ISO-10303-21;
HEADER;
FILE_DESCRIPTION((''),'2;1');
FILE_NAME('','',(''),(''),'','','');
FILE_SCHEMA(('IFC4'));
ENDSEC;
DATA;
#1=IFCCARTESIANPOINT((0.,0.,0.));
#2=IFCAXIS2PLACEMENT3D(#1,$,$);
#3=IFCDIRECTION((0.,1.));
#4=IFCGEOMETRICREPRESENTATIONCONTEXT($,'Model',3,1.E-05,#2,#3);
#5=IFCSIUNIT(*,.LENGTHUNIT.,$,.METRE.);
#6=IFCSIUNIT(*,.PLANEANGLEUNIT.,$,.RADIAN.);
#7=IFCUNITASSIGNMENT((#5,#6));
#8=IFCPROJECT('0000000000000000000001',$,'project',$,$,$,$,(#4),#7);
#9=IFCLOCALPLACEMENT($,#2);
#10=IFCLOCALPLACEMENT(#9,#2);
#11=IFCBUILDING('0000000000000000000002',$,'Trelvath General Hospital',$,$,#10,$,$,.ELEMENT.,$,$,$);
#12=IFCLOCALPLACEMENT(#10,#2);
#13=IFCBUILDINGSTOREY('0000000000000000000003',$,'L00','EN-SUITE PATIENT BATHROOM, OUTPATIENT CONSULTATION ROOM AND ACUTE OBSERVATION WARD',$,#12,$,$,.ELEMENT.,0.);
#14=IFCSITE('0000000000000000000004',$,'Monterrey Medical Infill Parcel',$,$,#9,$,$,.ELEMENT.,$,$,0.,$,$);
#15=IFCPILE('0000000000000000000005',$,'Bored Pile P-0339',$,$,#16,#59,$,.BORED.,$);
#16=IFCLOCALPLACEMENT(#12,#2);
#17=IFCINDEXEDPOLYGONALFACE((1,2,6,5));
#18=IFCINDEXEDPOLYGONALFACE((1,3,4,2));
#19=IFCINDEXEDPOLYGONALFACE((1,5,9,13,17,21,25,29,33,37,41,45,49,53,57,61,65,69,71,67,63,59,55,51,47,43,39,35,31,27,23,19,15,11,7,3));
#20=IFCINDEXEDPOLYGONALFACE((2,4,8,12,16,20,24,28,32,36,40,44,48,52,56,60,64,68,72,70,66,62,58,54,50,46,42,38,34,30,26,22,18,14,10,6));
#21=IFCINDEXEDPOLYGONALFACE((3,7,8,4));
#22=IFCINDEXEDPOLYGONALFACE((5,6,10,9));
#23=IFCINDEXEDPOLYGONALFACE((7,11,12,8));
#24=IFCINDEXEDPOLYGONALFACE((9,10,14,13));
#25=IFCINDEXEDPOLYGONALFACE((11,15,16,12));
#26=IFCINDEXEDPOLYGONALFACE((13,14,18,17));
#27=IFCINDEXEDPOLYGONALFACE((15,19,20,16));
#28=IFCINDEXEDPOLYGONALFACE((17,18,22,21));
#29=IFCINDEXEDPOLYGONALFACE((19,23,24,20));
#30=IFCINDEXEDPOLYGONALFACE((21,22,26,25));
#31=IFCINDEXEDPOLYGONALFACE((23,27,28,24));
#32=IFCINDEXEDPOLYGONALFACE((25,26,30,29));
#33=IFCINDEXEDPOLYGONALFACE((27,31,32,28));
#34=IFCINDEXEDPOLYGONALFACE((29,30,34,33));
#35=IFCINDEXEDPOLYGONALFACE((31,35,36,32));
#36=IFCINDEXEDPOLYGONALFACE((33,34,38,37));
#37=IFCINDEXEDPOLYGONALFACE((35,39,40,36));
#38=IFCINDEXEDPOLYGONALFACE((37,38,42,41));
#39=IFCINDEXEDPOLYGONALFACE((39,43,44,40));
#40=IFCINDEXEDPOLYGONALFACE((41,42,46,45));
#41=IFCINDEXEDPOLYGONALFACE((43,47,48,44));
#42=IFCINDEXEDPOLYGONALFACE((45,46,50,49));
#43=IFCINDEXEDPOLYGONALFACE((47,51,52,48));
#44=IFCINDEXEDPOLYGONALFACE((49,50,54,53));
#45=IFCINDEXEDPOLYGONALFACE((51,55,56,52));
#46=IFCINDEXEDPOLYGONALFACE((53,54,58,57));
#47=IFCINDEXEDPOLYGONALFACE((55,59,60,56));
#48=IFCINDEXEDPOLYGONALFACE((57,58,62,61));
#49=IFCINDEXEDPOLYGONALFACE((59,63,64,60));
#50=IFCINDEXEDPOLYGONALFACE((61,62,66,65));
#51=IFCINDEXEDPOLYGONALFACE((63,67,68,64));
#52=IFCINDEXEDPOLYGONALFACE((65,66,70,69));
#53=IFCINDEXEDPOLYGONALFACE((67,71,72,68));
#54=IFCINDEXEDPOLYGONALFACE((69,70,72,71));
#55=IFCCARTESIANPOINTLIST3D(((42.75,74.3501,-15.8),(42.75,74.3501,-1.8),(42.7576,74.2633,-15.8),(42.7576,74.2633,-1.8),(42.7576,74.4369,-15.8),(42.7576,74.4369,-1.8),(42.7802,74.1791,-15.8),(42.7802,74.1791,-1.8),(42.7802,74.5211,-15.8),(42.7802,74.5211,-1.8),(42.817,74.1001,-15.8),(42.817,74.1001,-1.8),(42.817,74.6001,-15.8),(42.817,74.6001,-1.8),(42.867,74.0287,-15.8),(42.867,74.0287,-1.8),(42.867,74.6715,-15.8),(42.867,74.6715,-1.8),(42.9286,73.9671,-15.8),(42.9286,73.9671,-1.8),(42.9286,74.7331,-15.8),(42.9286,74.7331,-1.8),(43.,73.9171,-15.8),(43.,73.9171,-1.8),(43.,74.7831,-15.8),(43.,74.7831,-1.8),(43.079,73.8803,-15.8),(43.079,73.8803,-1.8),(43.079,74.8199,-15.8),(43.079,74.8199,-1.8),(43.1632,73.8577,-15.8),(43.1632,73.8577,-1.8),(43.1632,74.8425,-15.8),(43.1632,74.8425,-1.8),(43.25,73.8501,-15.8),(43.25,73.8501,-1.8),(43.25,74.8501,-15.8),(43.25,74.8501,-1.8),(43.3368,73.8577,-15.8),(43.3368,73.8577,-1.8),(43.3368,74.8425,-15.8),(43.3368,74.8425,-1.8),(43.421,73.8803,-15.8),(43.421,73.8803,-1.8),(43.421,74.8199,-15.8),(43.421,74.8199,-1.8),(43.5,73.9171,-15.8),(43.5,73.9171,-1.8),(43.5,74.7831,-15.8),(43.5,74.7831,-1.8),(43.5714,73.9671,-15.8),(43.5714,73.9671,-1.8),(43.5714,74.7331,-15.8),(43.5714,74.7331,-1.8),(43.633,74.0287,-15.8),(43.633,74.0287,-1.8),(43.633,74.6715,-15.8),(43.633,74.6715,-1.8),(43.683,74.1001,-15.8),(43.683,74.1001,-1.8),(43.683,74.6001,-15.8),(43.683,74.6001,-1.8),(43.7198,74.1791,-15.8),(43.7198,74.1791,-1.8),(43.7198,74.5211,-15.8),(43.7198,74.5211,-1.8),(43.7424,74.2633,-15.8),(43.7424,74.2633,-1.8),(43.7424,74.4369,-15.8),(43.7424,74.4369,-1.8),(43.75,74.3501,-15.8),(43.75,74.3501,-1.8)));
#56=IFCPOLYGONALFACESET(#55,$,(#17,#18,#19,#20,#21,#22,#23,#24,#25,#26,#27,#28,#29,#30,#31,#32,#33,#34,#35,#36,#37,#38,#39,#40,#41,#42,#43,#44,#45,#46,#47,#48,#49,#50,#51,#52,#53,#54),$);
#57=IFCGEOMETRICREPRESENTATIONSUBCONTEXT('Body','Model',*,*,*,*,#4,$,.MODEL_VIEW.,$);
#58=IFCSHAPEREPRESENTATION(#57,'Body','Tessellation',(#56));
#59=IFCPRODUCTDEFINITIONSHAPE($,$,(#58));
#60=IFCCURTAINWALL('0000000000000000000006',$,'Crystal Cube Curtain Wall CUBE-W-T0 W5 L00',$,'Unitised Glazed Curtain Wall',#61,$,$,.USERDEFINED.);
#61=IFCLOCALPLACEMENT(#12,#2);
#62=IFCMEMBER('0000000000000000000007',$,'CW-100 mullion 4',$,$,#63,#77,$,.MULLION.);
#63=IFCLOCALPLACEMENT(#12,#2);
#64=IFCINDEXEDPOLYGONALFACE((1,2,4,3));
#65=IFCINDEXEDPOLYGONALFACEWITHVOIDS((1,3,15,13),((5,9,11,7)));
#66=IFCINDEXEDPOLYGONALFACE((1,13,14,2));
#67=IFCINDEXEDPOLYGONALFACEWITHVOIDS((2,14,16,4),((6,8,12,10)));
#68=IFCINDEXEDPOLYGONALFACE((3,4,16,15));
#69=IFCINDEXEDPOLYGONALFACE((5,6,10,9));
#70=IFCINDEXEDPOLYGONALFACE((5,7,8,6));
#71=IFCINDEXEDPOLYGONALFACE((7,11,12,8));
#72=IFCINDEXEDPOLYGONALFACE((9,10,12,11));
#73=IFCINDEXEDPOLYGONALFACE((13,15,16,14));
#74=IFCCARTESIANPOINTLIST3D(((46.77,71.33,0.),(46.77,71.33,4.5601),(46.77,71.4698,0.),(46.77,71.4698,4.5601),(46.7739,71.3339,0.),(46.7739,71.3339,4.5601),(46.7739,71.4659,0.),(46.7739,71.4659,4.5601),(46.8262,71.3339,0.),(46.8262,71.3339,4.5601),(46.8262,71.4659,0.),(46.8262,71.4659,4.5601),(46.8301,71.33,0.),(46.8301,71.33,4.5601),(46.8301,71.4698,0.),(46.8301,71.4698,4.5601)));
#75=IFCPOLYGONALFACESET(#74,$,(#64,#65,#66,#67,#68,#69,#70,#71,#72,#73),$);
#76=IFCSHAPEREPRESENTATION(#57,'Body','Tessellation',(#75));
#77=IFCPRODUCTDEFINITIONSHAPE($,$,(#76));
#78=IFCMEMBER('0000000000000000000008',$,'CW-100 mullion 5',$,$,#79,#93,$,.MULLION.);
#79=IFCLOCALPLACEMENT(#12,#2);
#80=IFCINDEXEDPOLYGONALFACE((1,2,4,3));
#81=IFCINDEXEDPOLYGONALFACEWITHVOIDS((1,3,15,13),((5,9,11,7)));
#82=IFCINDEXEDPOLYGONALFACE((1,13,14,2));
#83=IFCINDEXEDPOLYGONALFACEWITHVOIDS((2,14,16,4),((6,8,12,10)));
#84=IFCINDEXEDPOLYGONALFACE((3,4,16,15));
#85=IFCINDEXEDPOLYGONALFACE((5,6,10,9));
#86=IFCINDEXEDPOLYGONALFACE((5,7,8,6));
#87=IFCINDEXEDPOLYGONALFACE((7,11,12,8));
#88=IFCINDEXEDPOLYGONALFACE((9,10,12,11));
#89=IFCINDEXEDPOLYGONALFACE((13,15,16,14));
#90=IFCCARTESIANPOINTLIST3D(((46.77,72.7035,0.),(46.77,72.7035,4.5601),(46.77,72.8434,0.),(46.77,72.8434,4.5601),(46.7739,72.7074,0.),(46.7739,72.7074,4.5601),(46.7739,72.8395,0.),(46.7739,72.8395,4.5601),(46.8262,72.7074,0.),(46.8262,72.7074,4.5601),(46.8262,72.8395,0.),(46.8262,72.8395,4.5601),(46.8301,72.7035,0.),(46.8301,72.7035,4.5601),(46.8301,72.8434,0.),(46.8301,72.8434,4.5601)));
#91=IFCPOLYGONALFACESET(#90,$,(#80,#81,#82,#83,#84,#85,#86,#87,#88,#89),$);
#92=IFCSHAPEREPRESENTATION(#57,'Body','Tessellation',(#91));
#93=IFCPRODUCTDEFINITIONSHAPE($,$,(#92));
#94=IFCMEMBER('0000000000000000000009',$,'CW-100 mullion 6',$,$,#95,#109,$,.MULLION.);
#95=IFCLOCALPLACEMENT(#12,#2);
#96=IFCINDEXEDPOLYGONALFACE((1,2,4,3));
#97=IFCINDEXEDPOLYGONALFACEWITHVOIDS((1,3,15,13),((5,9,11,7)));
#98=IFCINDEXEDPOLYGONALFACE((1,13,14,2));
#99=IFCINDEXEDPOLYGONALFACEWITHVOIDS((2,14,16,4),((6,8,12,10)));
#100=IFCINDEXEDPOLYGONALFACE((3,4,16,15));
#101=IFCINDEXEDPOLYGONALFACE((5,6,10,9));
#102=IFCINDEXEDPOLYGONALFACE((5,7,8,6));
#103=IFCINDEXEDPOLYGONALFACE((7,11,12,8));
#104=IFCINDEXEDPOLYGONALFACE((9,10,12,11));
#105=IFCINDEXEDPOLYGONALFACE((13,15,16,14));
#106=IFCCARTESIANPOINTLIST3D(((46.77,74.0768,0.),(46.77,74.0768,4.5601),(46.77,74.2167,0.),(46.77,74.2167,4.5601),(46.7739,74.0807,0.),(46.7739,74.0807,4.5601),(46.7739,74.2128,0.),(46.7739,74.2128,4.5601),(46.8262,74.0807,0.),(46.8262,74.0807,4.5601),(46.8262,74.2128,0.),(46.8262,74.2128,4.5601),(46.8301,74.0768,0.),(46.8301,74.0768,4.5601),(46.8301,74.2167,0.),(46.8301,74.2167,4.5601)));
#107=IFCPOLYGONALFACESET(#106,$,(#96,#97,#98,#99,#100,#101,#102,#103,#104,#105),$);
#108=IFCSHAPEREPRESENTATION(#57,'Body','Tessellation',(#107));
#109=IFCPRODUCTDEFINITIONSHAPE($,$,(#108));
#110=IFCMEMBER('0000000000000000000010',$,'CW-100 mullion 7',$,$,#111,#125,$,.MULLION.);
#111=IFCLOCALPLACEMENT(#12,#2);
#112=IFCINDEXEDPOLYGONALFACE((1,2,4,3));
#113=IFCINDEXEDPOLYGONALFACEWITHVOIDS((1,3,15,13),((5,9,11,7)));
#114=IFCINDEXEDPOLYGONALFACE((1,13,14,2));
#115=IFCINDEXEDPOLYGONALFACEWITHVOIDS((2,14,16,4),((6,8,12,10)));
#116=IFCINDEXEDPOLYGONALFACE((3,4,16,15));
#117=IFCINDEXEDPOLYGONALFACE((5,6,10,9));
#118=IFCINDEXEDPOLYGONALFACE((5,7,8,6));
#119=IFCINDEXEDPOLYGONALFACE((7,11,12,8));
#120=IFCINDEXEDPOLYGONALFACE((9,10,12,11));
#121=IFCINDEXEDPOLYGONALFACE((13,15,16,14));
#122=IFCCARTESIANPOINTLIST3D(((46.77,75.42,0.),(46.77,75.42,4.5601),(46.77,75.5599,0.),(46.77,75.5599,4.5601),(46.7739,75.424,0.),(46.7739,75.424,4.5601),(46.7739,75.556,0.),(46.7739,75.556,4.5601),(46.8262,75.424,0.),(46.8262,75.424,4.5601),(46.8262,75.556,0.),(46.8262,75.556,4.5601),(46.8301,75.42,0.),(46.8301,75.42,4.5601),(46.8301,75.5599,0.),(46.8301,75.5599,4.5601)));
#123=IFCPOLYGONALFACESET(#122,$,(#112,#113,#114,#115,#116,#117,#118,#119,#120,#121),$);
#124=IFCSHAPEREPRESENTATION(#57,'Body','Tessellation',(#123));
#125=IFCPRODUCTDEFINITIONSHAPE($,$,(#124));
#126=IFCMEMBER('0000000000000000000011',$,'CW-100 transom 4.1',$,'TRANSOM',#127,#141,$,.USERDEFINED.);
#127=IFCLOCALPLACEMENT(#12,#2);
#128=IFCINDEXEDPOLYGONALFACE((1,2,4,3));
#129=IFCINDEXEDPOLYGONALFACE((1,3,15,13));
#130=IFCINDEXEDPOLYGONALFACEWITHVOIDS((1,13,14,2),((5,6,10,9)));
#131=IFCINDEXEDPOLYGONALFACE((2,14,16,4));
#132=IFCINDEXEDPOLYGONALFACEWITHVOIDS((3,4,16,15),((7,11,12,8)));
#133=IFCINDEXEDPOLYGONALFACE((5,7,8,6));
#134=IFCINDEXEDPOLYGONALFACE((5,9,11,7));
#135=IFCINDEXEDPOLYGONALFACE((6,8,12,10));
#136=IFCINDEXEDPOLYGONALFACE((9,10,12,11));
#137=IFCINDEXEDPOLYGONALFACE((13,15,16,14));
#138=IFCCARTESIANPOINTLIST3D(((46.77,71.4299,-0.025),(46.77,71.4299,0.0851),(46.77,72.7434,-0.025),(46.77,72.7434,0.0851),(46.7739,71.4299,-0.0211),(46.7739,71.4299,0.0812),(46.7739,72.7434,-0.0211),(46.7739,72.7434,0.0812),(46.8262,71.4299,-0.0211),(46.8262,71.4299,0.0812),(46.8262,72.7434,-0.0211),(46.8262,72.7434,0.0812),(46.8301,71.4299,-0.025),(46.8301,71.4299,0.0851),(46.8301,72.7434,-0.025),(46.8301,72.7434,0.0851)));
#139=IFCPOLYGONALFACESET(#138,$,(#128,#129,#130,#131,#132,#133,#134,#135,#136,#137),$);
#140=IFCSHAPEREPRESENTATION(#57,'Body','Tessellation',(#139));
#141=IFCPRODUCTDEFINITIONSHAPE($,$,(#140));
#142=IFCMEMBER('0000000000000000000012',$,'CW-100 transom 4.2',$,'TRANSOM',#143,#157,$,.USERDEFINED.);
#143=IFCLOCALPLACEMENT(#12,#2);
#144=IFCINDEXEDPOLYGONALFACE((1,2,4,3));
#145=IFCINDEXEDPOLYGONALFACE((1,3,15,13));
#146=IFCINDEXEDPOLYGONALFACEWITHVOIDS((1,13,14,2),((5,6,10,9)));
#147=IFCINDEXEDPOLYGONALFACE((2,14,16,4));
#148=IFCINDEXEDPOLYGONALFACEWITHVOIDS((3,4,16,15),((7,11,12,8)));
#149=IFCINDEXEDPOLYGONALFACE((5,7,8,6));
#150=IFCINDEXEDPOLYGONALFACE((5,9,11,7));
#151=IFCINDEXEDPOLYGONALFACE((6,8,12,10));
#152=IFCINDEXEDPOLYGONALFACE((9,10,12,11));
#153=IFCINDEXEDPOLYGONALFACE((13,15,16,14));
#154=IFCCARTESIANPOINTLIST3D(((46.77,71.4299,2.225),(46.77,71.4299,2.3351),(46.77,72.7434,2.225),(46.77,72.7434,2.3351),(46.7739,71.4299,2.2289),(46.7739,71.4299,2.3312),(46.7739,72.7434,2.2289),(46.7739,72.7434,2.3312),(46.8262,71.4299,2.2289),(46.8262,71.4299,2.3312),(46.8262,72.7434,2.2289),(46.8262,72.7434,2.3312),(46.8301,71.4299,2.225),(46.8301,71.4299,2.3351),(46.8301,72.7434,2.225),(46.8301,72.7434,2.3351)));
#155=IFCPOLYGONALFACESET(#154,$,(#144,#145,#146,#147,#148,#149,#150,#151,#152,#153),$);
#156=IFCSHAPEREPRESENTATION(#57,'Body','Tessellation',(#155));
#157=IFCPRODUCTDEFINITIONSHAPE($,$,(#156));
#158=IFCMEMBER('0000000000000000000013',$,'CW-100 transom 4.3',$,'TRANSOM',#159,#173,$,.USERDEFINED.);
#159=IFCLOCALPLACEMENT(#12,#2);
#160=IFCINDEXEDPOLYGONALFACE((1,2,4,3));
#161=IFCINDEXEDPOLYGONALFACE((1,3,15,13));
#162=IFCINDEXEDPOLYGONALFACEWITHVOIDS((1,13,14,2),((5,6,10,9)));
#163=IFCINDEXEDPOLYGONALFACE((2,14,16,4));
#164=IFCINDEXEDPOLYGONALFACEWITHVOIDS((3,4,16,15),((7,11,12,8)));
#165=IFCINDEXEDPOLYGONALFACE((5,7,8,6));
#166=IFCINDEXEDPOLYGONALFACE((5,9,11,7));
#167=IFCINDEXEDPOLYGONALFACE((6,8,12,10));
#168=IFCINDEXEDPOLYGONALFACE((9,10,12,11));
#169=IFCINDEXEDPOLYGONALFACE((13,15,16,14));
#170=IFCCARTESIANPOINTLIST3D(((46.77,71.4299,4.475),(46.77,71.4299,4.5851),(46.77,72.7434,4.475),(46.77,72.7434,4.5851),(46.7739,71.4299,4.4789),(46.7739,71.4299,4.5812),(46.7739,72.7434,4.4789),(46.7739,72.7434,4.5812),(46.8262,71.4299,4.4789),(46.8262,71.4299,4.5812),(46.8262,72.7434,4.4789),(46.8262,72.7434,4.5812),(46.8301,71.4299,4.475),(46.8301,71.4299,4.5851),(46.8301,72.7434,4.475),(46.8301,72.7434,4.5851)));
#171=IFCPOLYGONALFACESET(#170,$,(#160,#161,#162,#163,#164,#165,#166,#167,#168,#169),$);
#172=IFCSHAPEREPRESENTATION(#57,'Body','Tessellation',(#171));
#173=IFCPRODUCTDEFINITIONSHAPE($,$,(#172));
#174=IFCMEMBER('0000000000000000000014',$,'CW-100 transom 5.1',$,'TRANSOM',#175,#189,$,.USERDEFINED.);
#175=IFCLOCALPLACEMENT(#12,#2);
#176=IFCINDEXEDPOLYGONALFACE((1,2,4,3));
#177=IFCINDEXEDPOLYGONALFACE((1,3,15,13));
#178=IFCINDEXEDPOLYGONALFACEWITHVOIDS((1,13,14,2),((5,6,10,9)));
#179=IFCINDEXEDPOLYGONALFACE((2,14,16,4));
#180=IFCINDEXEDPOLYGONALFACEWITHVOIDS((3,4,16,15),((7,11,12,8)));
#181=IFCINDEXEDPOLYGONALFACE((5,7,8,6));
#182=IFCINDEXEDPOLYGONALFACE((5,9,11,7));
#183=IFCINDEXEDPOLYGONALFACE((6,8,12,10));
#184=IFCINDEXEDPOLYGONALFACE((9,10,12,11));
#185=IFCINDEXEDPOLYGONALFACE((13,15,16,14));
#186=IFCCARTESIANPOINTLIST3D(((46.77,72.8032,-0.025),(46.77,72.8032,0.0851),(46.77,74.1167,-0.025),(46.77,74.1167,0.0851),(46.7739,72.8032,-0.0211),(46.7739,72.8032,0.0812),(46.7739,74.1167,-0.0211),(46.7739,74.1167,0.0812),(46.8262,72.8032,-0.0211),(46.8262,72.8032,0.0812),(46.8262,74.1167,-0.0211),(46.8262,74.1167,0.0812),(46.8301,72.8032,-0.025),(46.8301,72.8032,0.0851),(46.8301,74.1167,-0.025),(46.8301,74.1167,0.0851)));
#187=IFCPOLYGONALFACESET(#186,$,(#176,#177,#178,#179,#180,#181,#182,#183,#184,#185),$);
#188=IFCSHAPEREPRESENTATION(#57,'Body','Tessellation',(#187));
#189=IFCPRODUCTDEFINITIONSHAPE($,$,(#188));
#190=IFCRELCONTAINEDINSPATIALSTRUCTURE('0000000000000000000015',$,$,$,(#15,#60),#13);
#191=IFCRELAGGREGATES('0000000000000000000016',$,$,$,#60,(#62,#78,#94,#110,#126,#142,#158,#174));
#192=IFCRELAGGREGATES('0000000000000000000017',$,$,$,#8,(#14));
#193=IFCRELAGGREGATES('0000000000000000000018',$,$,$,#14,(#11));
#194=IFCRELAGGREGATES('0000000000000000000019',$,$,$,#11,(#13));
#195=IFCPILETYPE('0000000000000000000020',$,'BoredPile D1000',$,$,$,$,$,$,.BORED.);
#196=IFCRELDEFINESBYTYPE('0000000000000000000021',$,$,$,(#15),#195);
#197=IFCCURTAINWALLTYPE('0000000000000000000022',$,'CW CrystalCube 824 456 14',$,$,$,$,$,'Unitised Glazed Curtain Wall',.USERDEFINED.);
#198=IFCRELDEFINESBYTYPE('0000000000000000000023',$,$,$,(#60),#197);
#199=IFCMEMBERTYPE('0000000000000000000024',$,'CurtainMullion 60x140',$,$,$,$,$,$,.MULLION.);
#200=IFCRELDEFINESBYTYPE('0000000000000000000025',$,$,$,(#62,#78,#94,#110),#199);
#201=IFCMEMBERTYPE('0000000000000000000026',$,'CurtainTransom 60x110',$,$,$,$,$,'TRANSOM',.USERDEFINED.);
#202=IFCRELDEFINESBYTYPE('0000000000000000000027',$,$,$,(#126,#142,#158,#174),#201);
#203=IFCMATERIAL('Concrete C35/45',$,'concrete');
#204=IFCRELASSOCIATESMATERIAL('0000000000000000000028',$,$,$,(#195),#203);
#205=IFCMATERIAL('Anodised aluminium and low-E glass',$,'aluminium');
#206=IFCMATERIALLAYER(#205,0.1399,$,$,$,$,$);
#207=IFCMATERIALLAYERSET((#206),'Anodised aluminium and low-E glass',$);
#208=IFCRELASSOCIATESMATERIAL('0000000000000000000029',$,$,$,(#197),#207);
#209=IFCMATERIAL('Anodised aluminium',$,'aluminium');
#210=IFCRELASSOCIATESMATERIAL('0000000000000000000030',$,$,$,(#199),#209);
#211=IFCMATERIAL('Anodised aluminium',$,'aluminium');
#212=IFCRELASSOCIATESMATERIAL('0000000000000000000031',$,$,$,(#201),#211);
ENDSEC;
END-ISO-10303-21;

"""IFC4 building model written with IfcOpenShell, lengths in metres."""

from ifc_helpers import new_model, si_unit, direction, frame, origin, origin_2d, place, context, subcontext, project, spatial, hollow_rectangle, circle, extrude, material, layer, layer_set, material_profile, profile_set, type_object, element, aggregate, save


model = new_model("IFC4")

# Units and contexts
model_context = context("Model", 3, precision=1e-05, world=origin(), true_north=direction((0.0, 1.0)))
body_context = subcontext(model_context, "Body", "Model", "MODEL_VIEW")
ifc_project = project(units=[si_unit("LENGTHUNIT", "METRE"), si_unit("PLANEANGLEUNIT", "RADIAN")], contexts=[model_context])

# Site, building, storey
site_placement = place(None, origin())
site = spatial("IfcSite", under=ifc_project, at=site_placement, Name="Monterrey Medical Infill Parcel", CompositionType="ELEMENT", RefElevation=0.0)
building_placement = place(site_placement, origin())
building = spatial("IfcBuilding", under=site, at=building_placement, Name="Trelvath General Hospital", CompositionType="ELEMENT")
storey_placement = place(building_placement, origin())
storey = spatial("IfcBuildingStorey", under=building, at=storey_placement, Name="L00", Description="EN-SUITE PATIENT BATHROOM, OUTPATIENT CONSULTATION ROOM AND ACUTE OBSERVATION WARD", CompositionType="ELEMENT", Elevation=0.0)

# Pile
ifc_material_1 = material(Name="Concrete C35/45", Category="concrete")
ifc_material_profile_1 = material_profile(ifc_material_1, circle(Radius=0.5, at=origin_2d()), Name="PILE1000")
ifc_profile_set_1 = profile_set([ifc_material_profile_1], Name="Concrete C35/45")
pile_type = type_object("IfcPileType", Name="BoredPile D1000", PredefinedType="BORED", material=ifc_profile_set_1)
pile_placement = place(storey_placement, frame((43.25, 74.3501, -1.8), z_axis=(0.0, 0.0, -1.0), x_axis=(1.0, 0.0, 0.0)))
element("IfcPile", 1, at=pile_placement, inside=storey, type_object=pile_type, Name="Bored Pile P-0339", PredefinedType="BORED", context=body_context, shape_type="SweptSolid", body=[
    extrude(circle(Radius=0.5, at=origin_2d()), origin(), (0.0, 0.0, 1.0), 14.0),
])

# Curtain wall, members
ifc_material_2 = material(Name="Anodised aluminium and low-E glass", Category="aluminium")
ifc_layer_1 = layer(ifc_material_2, 0.1399)
ifc_layer_set_1 = layer_set([ifc_layer_1], Name="Anodised aluminium and low-E glass")
curtain_wall_type = type_object("IfcCurtainWallType", Name="CW CrystalCube 824 456 14", ElementType="Unitised Glazed Curtain Wall", PredefinedType="USERDEFINED", material=ifc_layer_set_1)
curtain_wall_placement = place(storey_placement, origin())
curtain_wall = element("IfcCurtainWall", 2, at=curtain_wall_placement, inside=storey, type_object=curtain_wall_type, Name="Crystal Cube Curtain Wall CUBE-W-T0 W5 L00", ObjectType="Unitised Glazed Curtain Wall", PredefinedType="USERDEFINED")
ifc_material_3 = material(Name="Anodised aluminium", Category="aluminium")
ifc_material_profile_2 = material_profile(ifc_material_3, hollow_rectangle(XDim=0.0601, YDim=0.1399, WallThickness=0.0039, at=origin_2d()), Name="RHS60x140x4")
ifc_profile_set_2 = profile_set([ifc_material_profile_2], Name="Anodised aluminium")
member_type_1 = type_object("IfcMemberType", Name="CurtainMullion 60x140", PredefinedType="MULLION", material=ifc_profile_set_2)
member_1_placement = place(storey_placement, frame((46.8, 71.3999, 0.0), z_axis=(0.0, 0.0, 1.0), x_axis=(-1.0, 0.0, 0.0)))
member_1 = element("IfcMember", 3, at=member_1_placement, type_object=member_type_1, Name="CW-100 mullion 4", PredefinedType="MULLION", context=body_context, shape_type="SweptSolid", body=[
    extrude(hollow_rectangle(XDim=0.0601, YDim=0.1399, WallThickness=0.0039, at=origin_2d()), origin(), (0.0, 0.0, 1.0), 4.5601),
])
member_2_placement = place(storey_placement, frame((46.8, 72.7734, 0.0), z_axis=(0.0, 0.0, 1.0), x_axis=(-1.0, 0.0, 0.0)))
member_2 = element("IfcMember", 4, at=member_2_placement, type_object=member_type_1, Name="CW-100 mullion 5", PredefinedType="MULLION", context=body_context, shape_type="SweptSolid", body=[
    extrude(hollow_rectangle(XDim=0.0601, YDim=0.1399, WallThickness=0.0039, at=origin_2d()), origin(), (0.0, 0.0, 1.0), 4.5601),
])
member_3_placement = place(storey_placement, frame((46.8, 74.1467, 0.0), z_axis=(0.0, 0.0, 1.0), x_axis=(-1.0, 0.0, 0.0)))
member_3 = element("IfcMember", 5, at=member_3_placement, type_object=member_type_1, Name="CW-100 mullion 6", PredefinedType="MULLION", context=body_context, shape_type="SweptSolid", body=[
    extrude(hollow_rectangle(XDim=0.0601, YDim=0.1399, WallThickness=0.0039, at=origin_2d()), origin(), (0.0, 0.0, 1.0), 4.5601),
])
member_4_placement = place(storey_placement, frame((46.8, 75.49, 0.0), z_axis=(0.0, 0.0, 1.0), x_axis=(-1.0, 0.0, 0.0)))
member_4 = element("IfcMember", 6, at=member_4_placement, type_object=member_type_1, Name="CW-100 mullion 7", PredefinedType="MULLION", context=body_context, shape_type="SweptSolid", body=[
    extrude(hollow_rectangle(XDim=0.0601, YDim=0.1399, WallThickness=0.0039, at=origin_2d()), origin(), (0.0, 0.0, 1.0), 4.5601),
])
ifc_material_4 = material(Name="Anodised aluminium", Category="aluminium")
ifc_material_profile_3 = material_profile(ifc_material_4, hollow_rectangle(XDim=0.0601, YDim=0.1101, WallThickness=0.0039, at=origin_2d()), Name="RHS60x110x4")
ifc_profile_set_3 = profile_set([ifc_material_profile_3], Name="Anodised aluminium")
member_type_2 = type_object("IfcMemberType", Name="CurtainTransom 60x110", ElementType="TRANSOM", PredefinedType="USERDEFINED", material=ifc_profile_set_3)
member_5_placement = place(storey_placement, frame((46.8, 71.4299, 0.03), z_axis=(0.0, 1.0, 0.0), x_axis=(-1.0, 0.0, 0.0)))
member_5 = element("IfcMember", 7, at=member_5_placement, type_object=member_type_2, Name="CW-100 transom 4.1", ObjectType="TRANSOM", PredefinedType="USERDEFINED", context=body_context, shape_type="SweptSolid", body=[
    extrude(hollow_rectangle(XDim=0.0601, YDim=0.1101, WallThickness=0.0039, at=origin_2d()), origin(), (0.0, 0.0, 1.0), 1.3135),
])
member_6_placement = place(storey_placement, frame((46.8, 71.4299, 2.28), z_axis=(0.0, 1.0, 0.0), x_axis=(-1.0, 0.0, 0.0)))
member_6 = element("IfcMember", 8, at=member_6_placement, type_object=member_type_2, Name="CW-100 transom 4.2", ObjectType="TRANSOM", PredefinedType="USERDEFINED", context=body_context, shape_type="SweptSolid", body=[
    extrude(hollow_rectangle(XDim=0.0601, YDim=0.1101, WallThickness=0.0039, at=origin_2d()), origin(), (0.0, 0.0, 1.0), 1.3135),
])
member_7_placement = place(storey_placement, frame((46.8, 71.4299, 4.53), z_axis=(0.0, 1.0, 0.0), x_axis=(-1.0, 0.0, 0.0)))
member_7 = element("IfcMember", 9, at=member_7_placement, type_object=member_type_2, Name="CW-100 transom 4.3", ObjectType="TRANSOM", PredefinedType="USERDEFINED", context=body_context, shape_type="SweptSolid", body=[
    extrude(hollow_rectangle(XDim=0.0601, YDim=0.1101, WallThickness=0.0039, at=origin_2d()), origin(), (0.0, 0.0, 1.0), 1.3135),
])
member_8_placement = place(storey_placement, frame((46.8, 72.8032, 0.03), z_axis=(0.0, 1.0, 0.0), x_axis=(-1.0, 0.0, 0.0)))
member_8 = element("IfcMember", 10, at=member_8_placement, type_object=member_type_2, Name="CW-100 transom 5.1", ObjectType="TRANSOM", PredefinedType="USERDEFINED", context=body_context, shape_type="SweptSolid", body=[
    extrude(hollow_rectangle(XDim=0.0601, YDim=0.1101, WallThickness=0.0039, at=origin_2d()), origin(), (0.0, 0.0, 1.0), 1.3135),
])
aggregate(curtain_wall, [member_1, member_2, member_3, member_4, member_5, member_6, member_7, member_8])

save(model, "model.ifc")
